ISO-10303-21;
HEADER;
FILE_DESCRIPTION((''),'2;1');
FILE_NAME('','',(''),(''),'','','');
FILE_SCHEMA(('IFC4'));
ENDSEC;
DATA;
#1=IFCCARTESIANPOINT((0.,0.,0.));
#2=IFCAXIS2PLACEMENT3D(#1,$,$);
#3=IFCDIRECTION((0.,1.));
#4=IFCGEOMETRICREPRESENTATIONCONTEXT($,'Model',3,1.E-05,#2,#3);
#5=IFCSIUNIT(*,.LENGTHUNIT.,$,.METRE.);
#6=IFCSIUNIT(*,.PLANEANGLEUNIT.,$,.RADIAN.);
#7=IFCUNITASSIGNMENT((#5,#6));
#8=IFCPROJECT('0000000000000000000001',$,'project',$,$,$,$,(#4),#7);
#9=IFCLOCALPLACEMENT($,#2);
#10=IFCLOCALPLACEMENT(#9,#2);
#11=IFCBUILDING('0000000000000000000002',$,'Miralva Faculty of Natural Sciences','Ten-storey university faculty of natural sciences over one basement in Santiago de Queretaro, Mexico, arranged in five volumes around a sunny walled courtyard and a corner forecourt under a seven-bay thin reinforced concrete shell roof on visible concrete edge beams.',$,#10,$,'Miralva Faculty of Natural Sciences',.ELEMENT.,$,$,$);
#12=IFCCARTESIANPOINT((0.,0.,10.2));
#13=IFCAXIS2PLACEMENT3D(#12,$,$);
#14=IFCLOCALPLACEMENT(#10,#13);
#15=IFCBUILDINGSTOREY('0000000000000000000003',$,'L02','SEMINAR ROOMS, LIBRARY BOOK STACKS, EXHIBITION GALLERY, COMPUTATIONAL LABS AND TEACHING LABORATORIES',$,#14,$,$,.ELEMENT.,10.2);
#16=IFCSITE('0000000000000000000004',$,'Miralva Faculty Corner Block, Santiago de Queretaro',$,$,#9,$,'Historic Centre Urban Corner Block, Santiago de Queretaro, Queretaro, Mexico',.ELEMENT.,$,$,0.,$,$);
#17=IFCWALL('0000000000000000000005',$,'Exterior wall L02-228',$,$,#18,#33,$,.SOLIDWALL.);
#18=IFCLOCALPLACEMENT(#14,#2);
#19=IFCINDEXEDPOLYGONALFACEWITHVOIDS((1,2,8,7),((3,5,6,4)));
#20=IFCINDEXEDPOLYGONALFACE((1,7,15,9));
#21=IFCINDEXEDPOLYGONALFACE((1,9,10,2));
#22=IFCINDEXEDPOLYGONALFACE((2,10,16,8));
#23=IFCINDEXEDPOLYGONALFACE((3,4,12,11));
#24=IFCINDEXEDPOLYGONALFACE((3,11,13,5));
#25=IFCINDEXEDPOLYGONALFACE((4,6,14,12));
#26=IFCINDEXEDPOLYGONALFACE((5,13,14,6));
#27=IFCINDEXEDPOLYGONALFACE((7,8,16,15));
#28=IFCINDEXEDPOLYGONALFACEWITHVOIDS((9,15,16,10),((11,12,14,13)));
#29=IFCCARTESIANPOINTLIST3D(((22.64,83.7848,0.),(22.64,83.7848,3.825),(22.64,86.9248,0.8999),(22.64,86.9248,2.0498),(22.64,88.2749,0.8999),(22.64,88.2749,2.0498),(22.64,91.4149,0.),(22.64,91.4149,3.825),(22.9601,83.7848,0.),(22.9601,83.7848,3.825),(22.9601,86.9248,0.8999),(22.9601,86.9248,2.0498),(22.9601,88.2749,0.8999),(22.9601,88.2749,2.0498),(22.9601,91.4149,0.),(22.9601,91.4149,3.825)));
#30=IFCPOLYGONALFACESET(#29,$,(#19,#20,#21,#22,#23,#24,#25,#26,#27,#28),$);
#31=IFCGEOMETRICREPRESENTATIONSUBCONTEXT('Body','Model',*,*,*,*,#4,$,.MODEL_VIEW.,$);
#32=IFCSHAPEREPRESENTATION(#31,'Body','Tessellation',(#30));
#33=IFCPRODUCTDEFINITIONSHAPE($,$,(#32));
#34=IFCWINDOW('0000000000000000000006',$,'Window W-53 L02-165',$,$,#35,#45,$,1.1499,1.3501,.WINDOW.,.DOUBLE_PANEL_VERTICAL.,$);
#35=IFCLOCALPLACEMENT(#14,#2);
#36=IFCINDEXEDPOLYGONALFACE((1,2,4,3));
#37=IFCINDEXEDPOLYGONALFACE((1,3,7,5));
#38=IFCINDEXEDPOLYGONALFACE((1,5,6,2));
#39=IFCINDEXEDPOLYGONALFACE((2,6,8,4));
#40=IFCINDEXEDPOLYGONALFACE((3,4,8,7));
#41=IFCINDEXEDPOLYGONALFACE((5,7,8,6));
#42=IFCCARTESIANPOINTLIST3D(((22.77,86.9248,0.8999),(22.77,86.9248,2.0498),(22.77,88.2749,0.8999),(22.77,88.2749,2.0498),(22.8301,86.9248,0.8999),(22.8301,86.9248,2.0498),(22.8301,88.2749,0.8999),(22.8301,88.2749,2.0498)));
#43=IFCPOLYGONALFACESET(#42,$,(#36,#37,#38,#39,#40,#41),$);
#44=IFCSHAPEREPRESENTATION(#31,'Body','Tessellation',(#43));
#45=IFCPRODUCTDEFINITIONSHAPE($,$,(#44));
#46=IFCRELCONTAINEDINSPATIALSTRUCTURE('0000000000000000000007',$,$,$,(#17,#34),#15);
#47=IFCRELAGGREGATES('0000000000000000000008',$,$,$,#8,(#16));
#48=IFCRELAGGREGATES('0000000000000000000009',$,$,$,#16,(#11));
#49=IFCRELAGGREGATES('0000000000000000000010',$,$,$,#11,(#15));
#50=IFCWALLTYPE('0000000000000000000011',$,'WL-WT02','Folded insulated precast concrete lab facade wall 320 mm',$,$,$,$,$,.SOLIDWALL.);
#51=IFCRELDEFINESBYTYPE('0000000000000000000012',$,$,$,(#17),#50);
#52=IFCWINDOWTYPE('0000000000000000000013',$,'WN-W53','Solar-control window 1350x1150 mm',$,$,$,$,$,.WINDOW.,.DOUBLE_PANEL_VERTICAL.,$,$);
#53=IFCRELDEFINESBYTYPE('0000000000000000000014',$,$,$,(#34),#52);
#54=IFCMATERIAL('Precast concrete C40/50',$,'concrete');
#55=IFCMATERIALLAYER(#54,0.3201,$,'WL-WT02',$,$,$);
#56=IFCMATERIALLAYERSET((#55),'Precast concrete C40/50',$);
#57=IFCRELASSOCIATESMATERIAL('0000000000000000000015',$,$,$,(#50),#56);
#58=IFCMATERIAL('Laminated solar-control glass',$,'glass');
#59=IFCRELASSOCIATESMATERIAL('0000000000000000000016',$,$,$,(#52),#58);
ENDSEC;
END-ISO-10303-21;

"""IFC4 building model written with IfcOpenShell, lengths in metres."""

from ifc_helpers import new_model, si_unit, direction, frame, frame_2d, origin, place, context, subcontext, project, spatial, rectangle, extrude, material, layer, layer_set, type_object, element, fill, save


model = new_model("IFC4")

# Units and contexts
model_context = context("Model", 3, precision=1e-05, world=origin(), true_north=direction((0.0, 1.0)))
body_context = subcontext(model_context, "Body", "Model", "MODEL_VIEW")
ifc_project = project(units=[si_unit("LENGTHUNIT", "METRE"), si_unit("PLANEANGLEUNIT", "RADIAN")], contexts=[model_context])

# Site, building, storey
site_placement = place(None, origin())
site = spatial("IfcSite", under=ifc_project, at=site_placement, Name="Miralva Faculty Corner Block, Santiago de Queretaro", LongName="Historic Centre Urban Corner Block, Santiago de Queretaro, Queretaro, Mexico", CompositionType="ELEMENT", RefElevation=0.0)
building_placement = place(site_placement, origin())
building = spatial("IfcBuilding", under=site, at=building_placement, Name="Miralva Faculty of Natural Sciences", Description="Ten-storey university faculty of natural sciences over one basement in Santiago de Queretaro, Mexico, arranged in five volumes around a sunny walled courtyard and a corner forecourt under a seven-bay thin reinforced concrete shell roof on visible concrete edge beams.", LongName="Miralva Faculty of Natural Sciences", CompositionType="ELEMENT")
storey_placement = place(building_placement, frame((0.0, 0.0, 10.2)))
storey = spatial("IfcBuildingStorey", under=building, at=storey_placement, Name="L02", Description="SEMINAR ROOMS, LIBRARY BOOK STACKS, EXHIBITION GALLERY, COMPUTATIONAL LABS AND TEACHING LABORATORIES", CompositionType="ELEMENT", Elevation=10.2)

# Wall, opening, window
ifc_material_1 = material(Name="Precast concrete C40/50", Category="concrete")
ifc_layer_1 = layer(ifc_material_1, 0.3201, Name="WL-WT02")
ifc_layer_set_1 = layer_set([ifc_layer_1], Name="Precast concrete C40/50")
wall_type_1 = type_object("IfcWallType", Name="WL-WT02", Description="Folded insulated precast concrete lab facade wall 320 mm", PredefinedType="SOLIDWALL", material=ifc_layer_set_1)
ifc_material_2 = material(Name="Laminated solar-control glass", Category="glass")
wall_1_placement = place(storey_placement, frame((22.8, 83.7849, 0.0), z_axis=(0.0, 0.0, 1.0), x_axis=(0.0, 1.0, 0.0)))
wall_1 = element("IfcWall", 1, at=wall_1_placement, inside=storey, type_object=wall_type_1, Name="Exterior wall L02-228", PredefinedType="SOLIDWALL", context=body_context, shape_type="SweptSolid", body=[
    extrude(rectangle(XDim=7.6301, YDim=0.3201, at=frame_2d((3.8149, 0.0))), origin(), (0.0, 0.0, 1.0), 3.825),
])
opening_1_placement = place(wall_1_placement, frame((3.1399, 0.0, 0.8999)))
opening_1 = element("IfcOpeningElement", 2, at=opening_1_placement, cuts=wall_1, PredefinedType="OPENING", context=body_context, shape_type="SweptSolid", body=[
    extrude(rectangle(XDim=1.3501, YDim=1.1499, at=frame_2d((0.675, 0.575))), frame((0.0, 0.1699, 0.0), z_axis=(0.0, -1.0, 0.0), x_axis=(1.0, 0.0, 0.0)), (0.0, 0.0, 1.0), 0.3401),
])
window_type_1 = type_object("IfcWindowType", Name="WN-W53", Description="Solar-control window 1350x1150 mm", PartitioningType="DOUBLE_PANEL_VERTICAL", PredefinedType="WINDOW", material=ifc_material_2)
window_1_placement = place(opening_1_placement, frame((1.3501, 0.0, 0.0), z_axis=(0.0, 0.0, 1.0), x_axis=(-1.0, 0.0, 0.0)))
window_1 = element("IfcWindow", 3, at=window_1_placement, inside=storey, type_object=window_type_1, Name="Window W-53 L02-165", OverallHeight=1.1499, OverallWidth=1.3501, PartitioningType="DOUBLE_PANEL_VERTICAL", PredefinedType="WINDOW", context=body_context, shape_type="SweptSolid", body=[
    extrude(rectangle(XDim=1.3501, YDim=1.1499, at=frame_2d((0.675, 0.575))), frame((0.0, 0.03, 0.0), z_axis=(0.0, -1.0, 0.0), x_axis=(1.0, 0.0, 0.0)), (0.0, 0.0, 1.0), 0.0601),
])
fill(opening_1, window_1)

save(model, "model.ifc")
